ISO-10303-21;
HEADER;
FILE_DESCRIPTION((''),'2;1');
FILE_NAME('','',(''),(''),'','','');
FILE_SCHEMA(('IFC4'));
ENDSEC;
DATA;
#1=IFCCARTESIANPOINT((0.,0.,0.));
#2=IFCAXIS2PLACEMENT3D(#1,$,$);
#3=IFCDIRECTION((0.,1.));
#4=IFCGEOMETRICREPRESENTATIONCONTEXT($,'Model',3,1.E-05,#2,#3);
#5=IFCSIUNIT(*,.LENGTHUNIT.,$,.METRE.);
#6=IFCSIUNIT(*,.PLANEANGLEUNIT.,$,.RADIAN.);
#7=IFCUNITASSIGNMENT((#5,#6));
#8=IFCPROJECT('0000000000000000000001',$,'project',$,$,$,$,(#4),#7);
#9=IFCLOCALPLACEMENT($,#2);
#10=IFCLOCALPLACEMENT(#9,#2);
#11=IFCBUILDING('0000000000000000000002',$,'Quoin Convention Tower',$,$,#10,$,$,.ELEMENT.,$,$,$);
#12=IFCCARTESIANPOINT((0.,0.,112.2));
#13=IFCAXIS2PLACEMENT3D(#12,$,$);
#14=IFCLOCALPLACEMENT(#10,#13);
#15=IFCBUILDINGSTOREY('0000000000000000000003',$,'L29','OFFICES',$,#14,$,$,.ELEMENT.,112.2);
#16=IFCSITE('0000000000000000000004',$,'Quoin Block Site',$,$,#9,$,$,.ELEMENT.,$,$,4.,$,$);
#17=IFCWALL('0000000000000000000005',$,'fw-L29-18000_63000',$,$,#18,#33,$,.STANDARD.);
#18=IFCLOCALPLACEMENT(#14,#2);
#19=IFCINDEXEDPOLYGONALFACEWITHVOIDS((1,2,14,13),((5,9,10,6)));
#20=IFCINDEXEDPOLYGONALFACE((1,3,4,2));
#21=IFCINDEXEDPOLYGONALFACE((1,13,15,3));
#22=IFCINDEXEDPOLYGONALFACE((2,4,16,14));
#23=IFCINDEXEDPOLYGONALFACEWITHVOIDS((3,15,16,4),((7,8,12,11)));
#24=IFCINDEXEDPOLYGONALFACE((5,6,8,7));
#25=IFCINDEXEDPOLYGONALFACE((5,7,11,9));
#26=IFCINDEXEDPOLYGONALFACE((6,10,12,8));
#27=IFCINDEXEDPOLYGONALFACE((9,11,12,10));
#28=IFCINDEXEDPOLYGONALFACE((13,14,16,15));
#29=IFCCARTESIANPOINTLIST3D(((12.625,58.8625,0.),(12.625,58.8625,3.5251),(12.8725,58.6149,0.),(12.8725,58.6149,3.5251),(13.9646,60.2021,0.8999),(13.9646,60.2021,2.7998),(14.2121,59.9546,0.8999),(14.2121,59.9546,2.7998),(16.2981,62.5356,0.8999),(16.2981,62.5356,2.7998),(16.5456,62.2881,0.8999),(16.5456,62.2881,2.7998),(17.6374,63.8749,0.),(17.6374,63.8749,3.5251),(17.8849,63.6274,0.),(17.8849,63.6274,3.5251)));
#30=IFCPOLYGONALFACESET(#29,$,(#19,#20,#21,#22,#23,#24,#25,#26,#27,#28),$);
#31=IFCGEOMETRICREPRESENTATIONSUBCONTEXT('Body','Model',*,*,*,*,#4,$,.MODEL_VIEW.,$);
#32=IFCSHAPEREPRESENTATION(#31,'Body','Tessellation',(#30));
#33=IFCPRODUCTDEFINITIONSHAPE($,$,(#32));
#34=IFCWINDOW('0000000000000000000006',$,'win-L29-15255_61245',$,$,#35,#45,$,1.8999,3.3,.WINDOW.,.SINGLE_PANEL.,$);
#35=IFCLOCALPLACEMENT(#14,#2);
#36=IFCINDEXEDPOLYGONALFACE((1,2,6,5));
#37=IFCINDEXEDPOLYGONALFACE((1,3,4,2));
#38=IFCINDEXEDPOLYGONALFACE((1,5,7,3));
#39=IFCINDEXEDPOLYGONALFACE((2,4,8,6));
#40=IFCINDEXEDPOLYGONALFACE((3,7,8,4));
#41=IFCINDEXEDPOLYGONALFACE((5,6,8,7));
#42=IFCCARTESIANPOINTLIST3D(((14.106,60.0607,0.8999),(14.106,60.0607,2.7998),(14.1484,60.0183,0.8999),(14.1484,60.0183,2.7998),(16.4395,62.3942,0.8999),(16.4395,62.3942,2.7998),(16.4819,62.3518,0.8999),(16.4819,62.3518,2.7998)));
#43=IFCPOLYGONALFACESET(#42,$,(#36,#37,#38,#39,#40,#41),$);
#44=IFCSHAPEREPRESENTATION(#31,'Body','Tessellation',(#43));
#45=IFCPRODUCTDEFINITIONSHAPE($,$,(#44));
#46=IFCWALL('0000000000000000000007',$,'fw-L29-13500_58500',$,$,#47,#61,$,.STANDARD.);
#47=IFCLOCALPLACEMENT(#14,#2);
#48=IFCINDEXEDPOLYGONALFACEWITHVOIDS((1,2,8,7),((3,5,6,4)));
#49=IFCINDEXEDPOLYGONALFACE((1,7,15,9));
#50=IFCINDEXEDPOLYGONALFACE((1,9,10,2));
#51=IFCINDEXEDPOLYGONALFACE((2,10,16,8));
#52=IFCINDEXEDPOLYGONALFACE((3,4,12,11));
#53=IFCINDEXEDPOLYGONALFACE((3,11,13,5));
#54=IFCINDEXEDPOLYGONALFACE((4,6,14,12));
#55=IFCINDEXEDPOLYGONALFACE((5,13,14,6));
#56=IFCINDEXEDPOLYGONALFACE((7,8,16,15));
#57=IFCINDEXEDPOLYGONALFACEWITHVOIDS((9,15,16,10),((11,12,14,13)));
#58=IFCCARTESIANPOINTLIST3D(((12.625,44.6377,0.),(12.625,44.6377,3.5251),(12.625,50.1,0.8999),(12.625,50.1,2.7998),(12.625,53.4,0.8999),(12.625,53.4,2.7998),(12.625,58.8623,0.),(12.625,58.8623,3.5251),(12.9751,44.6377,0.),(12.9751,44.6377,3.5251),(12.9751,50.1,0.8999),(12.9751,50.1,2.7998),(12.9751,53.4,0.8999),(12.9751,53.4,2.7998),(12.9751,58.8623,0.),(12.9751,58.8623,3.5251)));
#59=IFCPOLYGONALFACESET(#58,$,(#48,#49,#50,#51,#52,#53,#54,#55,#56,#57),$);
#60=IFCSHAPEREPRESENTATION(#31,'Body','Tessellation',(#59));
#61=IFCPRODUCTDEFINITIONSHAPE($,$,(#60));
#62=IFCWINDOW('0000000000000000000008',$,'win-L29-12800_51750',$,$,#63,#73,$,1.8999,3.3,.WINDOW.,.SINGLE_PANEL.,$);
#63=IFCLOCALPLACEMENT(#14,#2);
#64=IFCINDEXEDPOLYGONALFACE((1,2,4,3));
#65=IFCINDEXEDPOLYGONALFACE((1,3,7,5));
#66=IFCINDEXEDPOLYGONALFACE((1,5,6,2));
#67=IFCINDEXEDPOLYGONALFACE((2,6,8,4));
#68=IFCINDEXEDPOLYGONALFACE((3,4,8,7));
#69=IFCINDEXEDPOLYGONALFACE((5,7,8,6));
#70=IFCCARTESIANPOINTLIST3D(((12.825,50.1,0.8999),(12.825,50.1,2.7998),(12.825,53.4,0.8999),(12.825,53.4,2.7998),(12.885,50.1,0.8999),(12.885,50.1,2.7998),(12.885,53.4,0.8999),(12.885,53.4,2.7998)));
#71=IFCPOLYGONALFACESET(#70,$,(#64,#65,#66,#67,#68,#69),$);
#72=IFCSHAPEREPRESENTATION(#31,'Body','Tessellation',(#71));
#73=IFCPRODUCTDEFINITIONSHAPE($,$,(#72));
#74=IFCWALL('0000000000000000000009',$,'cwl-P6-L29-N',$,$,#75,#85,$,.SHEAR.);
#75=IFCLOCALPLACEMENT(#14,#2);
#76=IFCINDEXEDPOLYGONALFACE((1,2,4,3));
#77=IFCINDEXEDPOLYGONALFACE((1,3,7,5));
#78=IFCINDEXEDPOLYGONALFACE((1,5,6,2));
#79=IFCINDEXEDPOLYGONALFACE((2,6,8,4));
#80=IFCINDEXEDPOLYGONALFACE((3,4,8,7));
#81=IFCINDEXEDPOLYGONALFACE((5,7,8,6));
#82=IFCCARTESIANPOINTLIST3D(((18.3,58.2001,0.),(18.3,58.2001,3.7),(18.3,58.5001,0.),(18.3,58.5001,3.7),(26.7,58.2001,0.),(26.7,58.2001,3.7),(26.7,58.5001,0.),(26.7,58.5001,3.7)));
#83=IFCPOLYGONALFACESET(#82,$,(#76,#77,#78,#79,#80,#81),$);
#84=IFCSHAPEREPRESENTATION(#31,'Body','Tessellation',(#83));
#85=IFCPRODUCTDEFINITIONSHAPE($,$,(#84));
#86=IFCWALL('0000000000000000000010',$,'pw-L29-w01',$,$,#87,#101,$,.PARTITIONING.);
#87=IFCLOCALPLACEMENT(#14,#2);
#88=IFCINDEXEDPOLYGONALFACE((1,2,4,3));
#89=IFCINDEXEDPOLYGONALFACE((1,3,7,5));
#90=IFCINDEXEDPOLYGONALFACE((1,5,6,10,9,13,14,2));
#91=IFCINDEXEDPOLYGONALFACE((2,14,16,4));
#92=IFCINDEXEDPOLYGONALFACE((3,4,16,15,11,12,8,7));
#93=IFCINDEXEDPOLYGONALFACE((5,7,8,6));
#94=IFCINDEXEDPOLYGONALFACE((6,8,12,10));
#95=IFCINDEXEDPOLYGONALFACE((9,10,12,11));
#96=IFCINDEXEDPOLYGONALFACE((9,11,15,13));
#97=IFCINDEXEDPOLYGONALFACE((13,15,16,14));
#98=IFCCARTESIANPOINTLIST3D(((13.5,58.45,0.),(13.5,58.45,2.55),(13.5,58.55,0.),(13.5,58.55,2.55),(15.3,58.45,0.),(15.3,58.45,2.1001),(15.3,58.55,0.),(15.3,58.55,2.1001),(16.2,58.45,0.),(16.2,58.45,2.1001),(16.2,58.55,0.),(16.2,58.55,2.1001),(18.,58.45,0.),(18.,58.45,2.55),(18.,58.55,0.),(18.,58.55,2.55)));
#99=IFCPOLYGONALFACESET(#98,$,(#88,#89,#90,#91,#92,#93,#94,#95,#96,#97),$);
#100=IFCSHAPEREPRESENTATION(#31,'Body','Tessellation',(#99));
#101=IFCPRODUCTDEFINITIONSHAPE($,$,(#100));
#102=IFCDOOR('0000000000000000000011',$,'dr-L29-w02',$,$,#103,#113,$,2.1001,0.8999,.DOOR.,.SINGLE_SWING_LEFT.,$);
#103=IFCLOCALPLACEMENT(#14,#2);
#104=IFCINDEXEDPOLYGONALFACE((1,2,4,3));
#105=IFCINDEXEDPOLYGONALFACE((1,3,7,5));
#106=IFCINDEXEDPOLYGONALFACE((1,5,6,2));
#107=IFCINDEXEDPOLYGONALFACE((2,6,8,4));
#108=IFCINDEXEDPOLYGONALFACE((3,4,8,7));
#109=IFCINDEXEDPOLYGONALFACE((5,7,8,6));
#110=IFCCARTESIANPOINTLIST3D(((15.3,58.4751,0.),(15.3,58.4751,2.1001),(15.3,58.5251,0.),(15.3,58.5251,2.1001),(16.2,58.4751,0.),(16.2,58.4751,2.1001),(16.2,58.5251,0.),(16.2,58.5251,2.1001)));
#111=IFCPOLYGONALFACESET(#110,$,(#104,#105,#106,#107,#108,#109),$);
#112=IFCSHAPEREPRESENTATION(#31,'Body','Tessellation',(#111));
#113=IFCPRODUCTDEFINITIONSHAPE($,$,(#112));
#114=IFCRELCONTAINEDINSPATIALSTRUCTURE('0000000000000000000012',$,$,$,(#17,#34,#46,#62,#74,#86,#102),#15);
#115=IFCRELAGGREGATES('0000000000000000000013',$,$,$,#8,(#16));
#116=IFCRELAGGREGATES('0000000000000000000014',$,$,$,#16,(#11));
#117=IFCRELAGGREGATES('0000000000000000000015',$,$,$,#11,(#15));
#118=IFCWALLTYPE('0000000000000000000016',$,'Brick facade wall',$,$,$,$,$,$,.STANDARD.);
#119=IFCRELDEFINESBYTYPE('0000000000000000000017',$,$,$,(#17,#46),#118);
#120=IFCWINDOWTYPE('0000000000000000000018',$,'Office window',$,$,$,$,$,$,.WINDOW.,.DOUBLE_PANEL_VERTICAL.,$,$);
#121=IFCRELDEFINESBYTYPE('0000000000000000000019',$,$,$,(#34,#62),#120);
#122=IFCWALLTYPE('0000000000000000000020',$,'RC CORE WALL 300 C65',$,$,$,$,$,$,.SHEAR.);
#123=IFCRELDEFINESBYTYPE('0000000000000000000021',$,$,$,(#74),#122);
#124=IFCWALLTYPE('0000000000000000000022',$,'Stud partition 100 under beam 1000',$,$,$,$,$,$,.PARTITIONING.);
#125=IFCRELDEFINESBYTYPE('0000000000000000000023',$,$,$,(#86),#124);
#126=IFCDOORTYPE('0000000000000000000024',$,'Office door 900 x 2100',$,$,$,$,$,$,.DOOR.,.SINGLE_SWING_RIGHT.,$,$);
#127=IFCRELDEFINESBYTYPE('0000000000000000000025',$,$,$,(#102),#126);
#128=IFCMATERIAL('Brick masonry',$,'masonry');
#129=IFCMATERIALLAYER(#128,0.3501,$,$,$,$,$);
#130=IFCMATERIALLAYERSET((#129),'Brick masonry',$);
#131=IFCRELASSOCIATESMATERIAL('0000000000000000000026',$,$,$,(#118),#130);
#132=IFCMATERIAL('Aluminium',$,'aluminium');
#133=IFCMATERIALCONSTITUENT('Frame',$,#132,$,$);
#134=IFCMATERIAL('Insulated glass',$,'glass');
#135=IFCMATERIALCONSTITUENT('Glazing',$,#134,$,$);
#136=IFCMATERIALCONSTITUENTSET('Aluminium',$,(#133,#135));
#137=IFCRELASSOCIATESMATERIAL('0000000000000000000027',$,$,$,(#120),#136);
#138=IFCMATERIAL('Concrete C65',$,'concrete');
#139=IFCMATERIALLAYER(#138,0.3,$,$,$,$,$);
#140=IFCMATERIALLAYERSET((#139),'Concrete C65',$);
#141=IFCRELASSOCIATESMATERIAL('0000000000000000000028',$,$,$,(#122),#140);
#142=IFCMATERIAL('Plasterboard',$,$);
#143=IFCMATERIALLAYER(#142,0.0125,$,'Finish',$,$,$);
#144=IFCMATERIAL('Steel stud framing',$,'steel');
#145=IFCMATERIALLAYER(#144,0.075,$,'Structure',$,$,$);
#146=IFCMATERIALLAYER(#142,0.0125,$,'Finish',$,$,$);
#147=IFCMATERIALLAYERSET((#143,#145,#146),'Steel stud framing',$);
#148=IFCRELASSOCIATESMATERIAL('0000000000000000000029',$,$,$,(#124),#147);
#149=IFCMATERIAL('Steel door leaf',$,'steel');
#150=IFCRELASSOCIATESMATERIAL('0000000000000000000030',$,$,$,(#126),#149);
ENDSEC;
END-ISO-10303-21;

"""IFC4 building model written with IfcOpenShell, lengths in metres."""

from ifc_helpers import new_model, si_unit, direction, frame, frame_2d, origin, place, context, subcontext, project, spatial, rectangle, extrude, material, layer, layer_set, constituent, constituent_set, type_object, element, fill, save


model = new_model("IFC4")

# Units and contexts
model_context = context("Model", 3, precision=1e-05, world=origin(), true_north=direction((0.0, 1.0)))
body_context = subcontext(model_context, "Body", "Model", "MODEL_VIEW")
ifc_project = project(units=[si_unit("LENGTHUNIT", "METRE"), si_unit("PLANEANGLEUNIT", "RADIAN")], contexts=[model_context])

# Site, building, storey
site_placement = place(None, origin())
site = spatial("IfcSite", under=ifc_project, at=site_placement, Name="Quoin Block Site", CompositionType="ELEMENT", RefElevation=4.0)
building_placement = place(site_placement, origin())
building = spatial("IfcBuilding", under=site, at=building_placement, Name="Quoin Convention Tower", CompositionType="ELEMENT")
storey_placement = place(building_placement, frame((0.0, 0.0, 112.2)))
storey = spatial("IfcBuildingStorey", under=building, at=storey_placement, Name="L29", Description="OFFICES", CompositionType="ELEMENT", Elevation=112.2)

# Shared definitions
ifc_material_1 = material(Name="Concrete C65", Category="concrete")

# Walls, openings, windows
ifc_material_2 = material(Name="Brick masonry", Category="masonry")
ifc_layer_1 = layer(ifc_material_2, 0.3501)
ifc_layer_set_1 = layer_set([ifc_layer_1], Name="Brick masonry")
wall_type_1 = type_object("IfcWallType", Name="Brick facade wall", PredefinedType="STANDARD", material=ifc_layer_set_1)
wall_1_placement = place(storey_placement, frame((17.7612, 63.7512, 0.0), z_axis=(0.0, 0.0, 1.0), x_axis=(-0.707107, -0.707107, 0.0)))
wall_1 = element("IfcWall", 1, at=wall_1_placement, inside=storey, type_object=wall_type_1, Name="fw-L29-18000_63000", PredefinedType="STANDARD", context=body_context, shape_type="SweptSolid", body=[
    extrude(rectangle(XDim=7.0886, YDim=0.3501, at=frame_2d((3.5444, 0.0))), origin(), (0.0, 0.0, 1.0), 3.5251),
])
opening_1_placement = place(wall_1_placement, frame((1.8943, 0.0, 0.8999)))
opening_1 = element("IfcOpeningElement", 2, at=opening_1_placement, cuts=wall_1, PredefinedType="OPENING", context=body_context, shape_type="SweptSolid", body=[
    extrude(rectangle(XDim=3.3, YDim=1.8999, at=frame_2d((1.6499, 0.95))), frame((0.0, 0.1851, 0.0), z_axis=(0.0, -1.0, 0.0), x_axis=(1.0, 0.0, 0.0)), (0.0, 0.0, 1.0), 0.3701),
])
ifc_material_3 = material(Name="Aluminium", Category="aluminium")
ifc_constituent_1 = constituent(ifc_material_3, Name="Frame")
ifc_material_4 = material(Name="Insulated glass", Category="glass")
ifc_constituent_2 = constituent(ifc_material_4, Name="Glazing")
ifc_constituent_set = constituent_set(constituents=[ifc_constituent_1, ifc_constituent_2], Name="Aluminium")
window_type = type_object("IfcWindowType", Name="Office window", PartitioningType="DOUBLE_PANEL_VERTICAL", PredefinedType="WINDOW", material=ifc_constituent_set)
window_1_placement = place(opening_1_placement, origin())
window_1 = element("IfcWindow", 3, at=window_1_placement, inside=storey, type_object=window_type, Name="win-L29-15255_61245", OverallHeight=1.8999, OverallWidth=3.3, PartitioningType="SINGLE_PANEL", PredefinedType="WINDOW", context=body_context, shape_type="SweptSolid", body=[
    extrude(rectangle(XDim=3.3, YDim=1.8999, at=frame_2d((1.6499, 0.95))), frame((0.0, 0.085, 0.0), z_axis=(0.0, -1.0, 0.0), x_axis=(1.0, 0.0, 0.0)), (0.0, 0.0, 1.0), 0.0601),
])
fill(opening_1, window_1)
wall_2_placement = place(storey_placement, frame((12.8, 58.8623, 0.0), z_axis=(0.0, 0.0, 1.0), x_axis=(0.0, -1.0, 0.0)))
wall_2 = element("IfcWall", 4, at=wall_2_placement, inside=storey, type_object=wall_type_1, Name="fw-L29-13500_58500", PredefinedType="STANDARD", context=body_context, shape_type="SweptSolid", body=[
    extrude(rectangle(XDim=14.2246, YDim=0.3501, at=frame_2d((7.1123, 0.0))), origin(), (0.0, 0.0, 1.0), 3.5251),
])
opening_2_placement = place(wall_2_placement, frame((5.4624, 0.0, 0.8999)))
opening_2 = element("IfcOpeningElement", 5, at=opening_2_placement, cuts=wall_2, PredefinedType="OPENING", context=body_context, shape_type="SweptSolid", body=[
    extrude(rectangle(XDim=3.3, YDim=1.8999, at=frame_2d((1.6499, 0.95))), frame((0.0, 0.1851, 0.0), z_axis=(0.0, -1.0, 0.0), x_axis=(1.0, 0.0, 0.0)), (0.0, 0.0, 1.0), 0.3701),
])
window_2_placement = place(opening_2_placement, origin())
window_2 = element("IfcWindow", 6, at=window_2_placement, inside=storey, type_object=window_type, Name="win-L29-12800_51750", OverallHeight=1.8999, OverallWidth=3.3, PartitioningType="SINGLE_PANEL", PredefinedType="WINDOW", context=body_context, shape_type="SweptSolid", body=[
    extrude(rectangle(XDim=3.3, YDim=1.8999, at=frame_2d((1.6499, 0.95))), frame((0.0, 0.085, 0.0), z_axis=(0.0, -1.0, 0.0), x_axis=(1.0, 0.0, 0.0)), (0.0, 0.0, 1.0), 0.0601),
])
fill(opening_2, window_2)

# Wall
ifc_layer_2 = layer(ifc_material_1, 0.3)
ifc_layer_set_2 = layer_set([ifc_layer_2], Name="Concrete C65")
wall_type_2 = type_object("IfcWallType", Name="RC CORE WALL 300 C65", PredefinedType="SHEAR", material=ifc_layer_set_2)
wall_3_placement = place(storey_placement, frame((18.3, 58.3501, 0.0), z_axis=(0.0, 0.0, 1.0), x_axis=(1.0, 0.0, 0.0)))
element("IfcWall", 7, at=wall_3_placement, inside=storey, type_object=wall_type_2, Name="cwl-P6-L29-N", PredefinedType="SHEAR", context=body_context, shape_type="SweptSolid", body=[
    extrude(rectangle(XDim=8.3999, YDim=0.3, at=frame_2d((4.2, 0.0))), origin(), (0.0, 0.0, 1.0), 3.7),
])

# Wall, opening, door
ifc_material_5 = material(Name="Plasterboard")
ifc_layer_3 = layer(ifc_material_5, 0.0125, Name="Finish")
ifc_material_6 = material(Name="Steel stud framing", Category="steel")
ifc_layer_4 = layer(ifc_material_6, 0.075, Name="Structure")
ifc_layer_5 = layer(ifc_material_5, 0.0125, Name="Finish")
ifc_layer_set_3 = layer_set([ifc_layer_3, ifc_layer_4, ifc_layer_5], Name="Steel stud framing")
wall_type_3 = type_object("IfcWallType", Name="Stud partition 100 under beam 1000", PredefinedType="PARTITIONING", material=ifc_layer_set_3)
wall_4_placement = place(storey_placement, frame((13.5, 58.5, 0.0), z_axis=(0.0, 0.0, 1.0), x_axis=(1.0, 0.0, 0.0)))
wall_4 = element("IfcWall", 8, at=wall_4_placement, inside=storey, type_object=wall_type_3, Name="pw-L29-w01", PredefinedType="PARTITIONING", context=body_context, shape_type="SweptSolid", body=[
    extrude(rectangle(XDim=4.5, YDim=0.1001, at=frame_2d((2.25, 0.0))), origin(), (0.0, 0.0, 1.0), 2.55),
])
opening_3_placement = place(wall_4_placement, frame((1.8, 0.0, 0.0)))
opening_3 = element("IfcOpeningElement", 9, at=opening_3_placement, cuts=wall_4, PredefinedType="OPENING", context=body_context, shape_type="SweptSolid", body=[
    extrude(rectangle(XDim=0.8999, YDim=2.1001, at=frame_2d((0.45, 1.05))), frame((0.0, 0.0601, 0.0), z_axis=(0.0, -1.0, 0.0), x_axis=(1.0, 0.0, 0.0)), (0.0, 0.0, 1.0), 0.1201),
])
ifc_material_7 = material(Name="Steel door leaf", Category="steel")
door_type = type_object("IfcDoorType", Name="Office door 900 x 2100", OperationType="SINGLE_SWING_RIGHT", PredefinedType="DOOR", material=ifc_material_7)
door_placement = place(opening_3_placement, frame((0.8999, 0.0, 0.0), z_axis=(0.0, 0.0, 1.0), x_axis=(-1.0, 0.0, 0.0)))
door = element("IfcDoor", 10, at=door_placement, inside=storey, type_object=door_type, Name="dr-L29-w02", OperationType="SINGLE_SWING_LEFT", OverallHeight=2.1001, OverallWidth=0.8999, PredefinedType="DOOR", context=body_context, shape_type="SweptSolid", body=[
    extrude(rectangle(XDim=0.8999, YDim=2.1001, at=frame_2d((0.45, 1.05))), frame((0.0, 0.0249, 0.0), z_axis=(0.0, -1.0, 0.0), x_axis=(1.0, 0.0, 0.0)), (0.0, 0.0, 1.0), 0.05),
])
fill(opening_3, door)

save(model, "model.ifc")
